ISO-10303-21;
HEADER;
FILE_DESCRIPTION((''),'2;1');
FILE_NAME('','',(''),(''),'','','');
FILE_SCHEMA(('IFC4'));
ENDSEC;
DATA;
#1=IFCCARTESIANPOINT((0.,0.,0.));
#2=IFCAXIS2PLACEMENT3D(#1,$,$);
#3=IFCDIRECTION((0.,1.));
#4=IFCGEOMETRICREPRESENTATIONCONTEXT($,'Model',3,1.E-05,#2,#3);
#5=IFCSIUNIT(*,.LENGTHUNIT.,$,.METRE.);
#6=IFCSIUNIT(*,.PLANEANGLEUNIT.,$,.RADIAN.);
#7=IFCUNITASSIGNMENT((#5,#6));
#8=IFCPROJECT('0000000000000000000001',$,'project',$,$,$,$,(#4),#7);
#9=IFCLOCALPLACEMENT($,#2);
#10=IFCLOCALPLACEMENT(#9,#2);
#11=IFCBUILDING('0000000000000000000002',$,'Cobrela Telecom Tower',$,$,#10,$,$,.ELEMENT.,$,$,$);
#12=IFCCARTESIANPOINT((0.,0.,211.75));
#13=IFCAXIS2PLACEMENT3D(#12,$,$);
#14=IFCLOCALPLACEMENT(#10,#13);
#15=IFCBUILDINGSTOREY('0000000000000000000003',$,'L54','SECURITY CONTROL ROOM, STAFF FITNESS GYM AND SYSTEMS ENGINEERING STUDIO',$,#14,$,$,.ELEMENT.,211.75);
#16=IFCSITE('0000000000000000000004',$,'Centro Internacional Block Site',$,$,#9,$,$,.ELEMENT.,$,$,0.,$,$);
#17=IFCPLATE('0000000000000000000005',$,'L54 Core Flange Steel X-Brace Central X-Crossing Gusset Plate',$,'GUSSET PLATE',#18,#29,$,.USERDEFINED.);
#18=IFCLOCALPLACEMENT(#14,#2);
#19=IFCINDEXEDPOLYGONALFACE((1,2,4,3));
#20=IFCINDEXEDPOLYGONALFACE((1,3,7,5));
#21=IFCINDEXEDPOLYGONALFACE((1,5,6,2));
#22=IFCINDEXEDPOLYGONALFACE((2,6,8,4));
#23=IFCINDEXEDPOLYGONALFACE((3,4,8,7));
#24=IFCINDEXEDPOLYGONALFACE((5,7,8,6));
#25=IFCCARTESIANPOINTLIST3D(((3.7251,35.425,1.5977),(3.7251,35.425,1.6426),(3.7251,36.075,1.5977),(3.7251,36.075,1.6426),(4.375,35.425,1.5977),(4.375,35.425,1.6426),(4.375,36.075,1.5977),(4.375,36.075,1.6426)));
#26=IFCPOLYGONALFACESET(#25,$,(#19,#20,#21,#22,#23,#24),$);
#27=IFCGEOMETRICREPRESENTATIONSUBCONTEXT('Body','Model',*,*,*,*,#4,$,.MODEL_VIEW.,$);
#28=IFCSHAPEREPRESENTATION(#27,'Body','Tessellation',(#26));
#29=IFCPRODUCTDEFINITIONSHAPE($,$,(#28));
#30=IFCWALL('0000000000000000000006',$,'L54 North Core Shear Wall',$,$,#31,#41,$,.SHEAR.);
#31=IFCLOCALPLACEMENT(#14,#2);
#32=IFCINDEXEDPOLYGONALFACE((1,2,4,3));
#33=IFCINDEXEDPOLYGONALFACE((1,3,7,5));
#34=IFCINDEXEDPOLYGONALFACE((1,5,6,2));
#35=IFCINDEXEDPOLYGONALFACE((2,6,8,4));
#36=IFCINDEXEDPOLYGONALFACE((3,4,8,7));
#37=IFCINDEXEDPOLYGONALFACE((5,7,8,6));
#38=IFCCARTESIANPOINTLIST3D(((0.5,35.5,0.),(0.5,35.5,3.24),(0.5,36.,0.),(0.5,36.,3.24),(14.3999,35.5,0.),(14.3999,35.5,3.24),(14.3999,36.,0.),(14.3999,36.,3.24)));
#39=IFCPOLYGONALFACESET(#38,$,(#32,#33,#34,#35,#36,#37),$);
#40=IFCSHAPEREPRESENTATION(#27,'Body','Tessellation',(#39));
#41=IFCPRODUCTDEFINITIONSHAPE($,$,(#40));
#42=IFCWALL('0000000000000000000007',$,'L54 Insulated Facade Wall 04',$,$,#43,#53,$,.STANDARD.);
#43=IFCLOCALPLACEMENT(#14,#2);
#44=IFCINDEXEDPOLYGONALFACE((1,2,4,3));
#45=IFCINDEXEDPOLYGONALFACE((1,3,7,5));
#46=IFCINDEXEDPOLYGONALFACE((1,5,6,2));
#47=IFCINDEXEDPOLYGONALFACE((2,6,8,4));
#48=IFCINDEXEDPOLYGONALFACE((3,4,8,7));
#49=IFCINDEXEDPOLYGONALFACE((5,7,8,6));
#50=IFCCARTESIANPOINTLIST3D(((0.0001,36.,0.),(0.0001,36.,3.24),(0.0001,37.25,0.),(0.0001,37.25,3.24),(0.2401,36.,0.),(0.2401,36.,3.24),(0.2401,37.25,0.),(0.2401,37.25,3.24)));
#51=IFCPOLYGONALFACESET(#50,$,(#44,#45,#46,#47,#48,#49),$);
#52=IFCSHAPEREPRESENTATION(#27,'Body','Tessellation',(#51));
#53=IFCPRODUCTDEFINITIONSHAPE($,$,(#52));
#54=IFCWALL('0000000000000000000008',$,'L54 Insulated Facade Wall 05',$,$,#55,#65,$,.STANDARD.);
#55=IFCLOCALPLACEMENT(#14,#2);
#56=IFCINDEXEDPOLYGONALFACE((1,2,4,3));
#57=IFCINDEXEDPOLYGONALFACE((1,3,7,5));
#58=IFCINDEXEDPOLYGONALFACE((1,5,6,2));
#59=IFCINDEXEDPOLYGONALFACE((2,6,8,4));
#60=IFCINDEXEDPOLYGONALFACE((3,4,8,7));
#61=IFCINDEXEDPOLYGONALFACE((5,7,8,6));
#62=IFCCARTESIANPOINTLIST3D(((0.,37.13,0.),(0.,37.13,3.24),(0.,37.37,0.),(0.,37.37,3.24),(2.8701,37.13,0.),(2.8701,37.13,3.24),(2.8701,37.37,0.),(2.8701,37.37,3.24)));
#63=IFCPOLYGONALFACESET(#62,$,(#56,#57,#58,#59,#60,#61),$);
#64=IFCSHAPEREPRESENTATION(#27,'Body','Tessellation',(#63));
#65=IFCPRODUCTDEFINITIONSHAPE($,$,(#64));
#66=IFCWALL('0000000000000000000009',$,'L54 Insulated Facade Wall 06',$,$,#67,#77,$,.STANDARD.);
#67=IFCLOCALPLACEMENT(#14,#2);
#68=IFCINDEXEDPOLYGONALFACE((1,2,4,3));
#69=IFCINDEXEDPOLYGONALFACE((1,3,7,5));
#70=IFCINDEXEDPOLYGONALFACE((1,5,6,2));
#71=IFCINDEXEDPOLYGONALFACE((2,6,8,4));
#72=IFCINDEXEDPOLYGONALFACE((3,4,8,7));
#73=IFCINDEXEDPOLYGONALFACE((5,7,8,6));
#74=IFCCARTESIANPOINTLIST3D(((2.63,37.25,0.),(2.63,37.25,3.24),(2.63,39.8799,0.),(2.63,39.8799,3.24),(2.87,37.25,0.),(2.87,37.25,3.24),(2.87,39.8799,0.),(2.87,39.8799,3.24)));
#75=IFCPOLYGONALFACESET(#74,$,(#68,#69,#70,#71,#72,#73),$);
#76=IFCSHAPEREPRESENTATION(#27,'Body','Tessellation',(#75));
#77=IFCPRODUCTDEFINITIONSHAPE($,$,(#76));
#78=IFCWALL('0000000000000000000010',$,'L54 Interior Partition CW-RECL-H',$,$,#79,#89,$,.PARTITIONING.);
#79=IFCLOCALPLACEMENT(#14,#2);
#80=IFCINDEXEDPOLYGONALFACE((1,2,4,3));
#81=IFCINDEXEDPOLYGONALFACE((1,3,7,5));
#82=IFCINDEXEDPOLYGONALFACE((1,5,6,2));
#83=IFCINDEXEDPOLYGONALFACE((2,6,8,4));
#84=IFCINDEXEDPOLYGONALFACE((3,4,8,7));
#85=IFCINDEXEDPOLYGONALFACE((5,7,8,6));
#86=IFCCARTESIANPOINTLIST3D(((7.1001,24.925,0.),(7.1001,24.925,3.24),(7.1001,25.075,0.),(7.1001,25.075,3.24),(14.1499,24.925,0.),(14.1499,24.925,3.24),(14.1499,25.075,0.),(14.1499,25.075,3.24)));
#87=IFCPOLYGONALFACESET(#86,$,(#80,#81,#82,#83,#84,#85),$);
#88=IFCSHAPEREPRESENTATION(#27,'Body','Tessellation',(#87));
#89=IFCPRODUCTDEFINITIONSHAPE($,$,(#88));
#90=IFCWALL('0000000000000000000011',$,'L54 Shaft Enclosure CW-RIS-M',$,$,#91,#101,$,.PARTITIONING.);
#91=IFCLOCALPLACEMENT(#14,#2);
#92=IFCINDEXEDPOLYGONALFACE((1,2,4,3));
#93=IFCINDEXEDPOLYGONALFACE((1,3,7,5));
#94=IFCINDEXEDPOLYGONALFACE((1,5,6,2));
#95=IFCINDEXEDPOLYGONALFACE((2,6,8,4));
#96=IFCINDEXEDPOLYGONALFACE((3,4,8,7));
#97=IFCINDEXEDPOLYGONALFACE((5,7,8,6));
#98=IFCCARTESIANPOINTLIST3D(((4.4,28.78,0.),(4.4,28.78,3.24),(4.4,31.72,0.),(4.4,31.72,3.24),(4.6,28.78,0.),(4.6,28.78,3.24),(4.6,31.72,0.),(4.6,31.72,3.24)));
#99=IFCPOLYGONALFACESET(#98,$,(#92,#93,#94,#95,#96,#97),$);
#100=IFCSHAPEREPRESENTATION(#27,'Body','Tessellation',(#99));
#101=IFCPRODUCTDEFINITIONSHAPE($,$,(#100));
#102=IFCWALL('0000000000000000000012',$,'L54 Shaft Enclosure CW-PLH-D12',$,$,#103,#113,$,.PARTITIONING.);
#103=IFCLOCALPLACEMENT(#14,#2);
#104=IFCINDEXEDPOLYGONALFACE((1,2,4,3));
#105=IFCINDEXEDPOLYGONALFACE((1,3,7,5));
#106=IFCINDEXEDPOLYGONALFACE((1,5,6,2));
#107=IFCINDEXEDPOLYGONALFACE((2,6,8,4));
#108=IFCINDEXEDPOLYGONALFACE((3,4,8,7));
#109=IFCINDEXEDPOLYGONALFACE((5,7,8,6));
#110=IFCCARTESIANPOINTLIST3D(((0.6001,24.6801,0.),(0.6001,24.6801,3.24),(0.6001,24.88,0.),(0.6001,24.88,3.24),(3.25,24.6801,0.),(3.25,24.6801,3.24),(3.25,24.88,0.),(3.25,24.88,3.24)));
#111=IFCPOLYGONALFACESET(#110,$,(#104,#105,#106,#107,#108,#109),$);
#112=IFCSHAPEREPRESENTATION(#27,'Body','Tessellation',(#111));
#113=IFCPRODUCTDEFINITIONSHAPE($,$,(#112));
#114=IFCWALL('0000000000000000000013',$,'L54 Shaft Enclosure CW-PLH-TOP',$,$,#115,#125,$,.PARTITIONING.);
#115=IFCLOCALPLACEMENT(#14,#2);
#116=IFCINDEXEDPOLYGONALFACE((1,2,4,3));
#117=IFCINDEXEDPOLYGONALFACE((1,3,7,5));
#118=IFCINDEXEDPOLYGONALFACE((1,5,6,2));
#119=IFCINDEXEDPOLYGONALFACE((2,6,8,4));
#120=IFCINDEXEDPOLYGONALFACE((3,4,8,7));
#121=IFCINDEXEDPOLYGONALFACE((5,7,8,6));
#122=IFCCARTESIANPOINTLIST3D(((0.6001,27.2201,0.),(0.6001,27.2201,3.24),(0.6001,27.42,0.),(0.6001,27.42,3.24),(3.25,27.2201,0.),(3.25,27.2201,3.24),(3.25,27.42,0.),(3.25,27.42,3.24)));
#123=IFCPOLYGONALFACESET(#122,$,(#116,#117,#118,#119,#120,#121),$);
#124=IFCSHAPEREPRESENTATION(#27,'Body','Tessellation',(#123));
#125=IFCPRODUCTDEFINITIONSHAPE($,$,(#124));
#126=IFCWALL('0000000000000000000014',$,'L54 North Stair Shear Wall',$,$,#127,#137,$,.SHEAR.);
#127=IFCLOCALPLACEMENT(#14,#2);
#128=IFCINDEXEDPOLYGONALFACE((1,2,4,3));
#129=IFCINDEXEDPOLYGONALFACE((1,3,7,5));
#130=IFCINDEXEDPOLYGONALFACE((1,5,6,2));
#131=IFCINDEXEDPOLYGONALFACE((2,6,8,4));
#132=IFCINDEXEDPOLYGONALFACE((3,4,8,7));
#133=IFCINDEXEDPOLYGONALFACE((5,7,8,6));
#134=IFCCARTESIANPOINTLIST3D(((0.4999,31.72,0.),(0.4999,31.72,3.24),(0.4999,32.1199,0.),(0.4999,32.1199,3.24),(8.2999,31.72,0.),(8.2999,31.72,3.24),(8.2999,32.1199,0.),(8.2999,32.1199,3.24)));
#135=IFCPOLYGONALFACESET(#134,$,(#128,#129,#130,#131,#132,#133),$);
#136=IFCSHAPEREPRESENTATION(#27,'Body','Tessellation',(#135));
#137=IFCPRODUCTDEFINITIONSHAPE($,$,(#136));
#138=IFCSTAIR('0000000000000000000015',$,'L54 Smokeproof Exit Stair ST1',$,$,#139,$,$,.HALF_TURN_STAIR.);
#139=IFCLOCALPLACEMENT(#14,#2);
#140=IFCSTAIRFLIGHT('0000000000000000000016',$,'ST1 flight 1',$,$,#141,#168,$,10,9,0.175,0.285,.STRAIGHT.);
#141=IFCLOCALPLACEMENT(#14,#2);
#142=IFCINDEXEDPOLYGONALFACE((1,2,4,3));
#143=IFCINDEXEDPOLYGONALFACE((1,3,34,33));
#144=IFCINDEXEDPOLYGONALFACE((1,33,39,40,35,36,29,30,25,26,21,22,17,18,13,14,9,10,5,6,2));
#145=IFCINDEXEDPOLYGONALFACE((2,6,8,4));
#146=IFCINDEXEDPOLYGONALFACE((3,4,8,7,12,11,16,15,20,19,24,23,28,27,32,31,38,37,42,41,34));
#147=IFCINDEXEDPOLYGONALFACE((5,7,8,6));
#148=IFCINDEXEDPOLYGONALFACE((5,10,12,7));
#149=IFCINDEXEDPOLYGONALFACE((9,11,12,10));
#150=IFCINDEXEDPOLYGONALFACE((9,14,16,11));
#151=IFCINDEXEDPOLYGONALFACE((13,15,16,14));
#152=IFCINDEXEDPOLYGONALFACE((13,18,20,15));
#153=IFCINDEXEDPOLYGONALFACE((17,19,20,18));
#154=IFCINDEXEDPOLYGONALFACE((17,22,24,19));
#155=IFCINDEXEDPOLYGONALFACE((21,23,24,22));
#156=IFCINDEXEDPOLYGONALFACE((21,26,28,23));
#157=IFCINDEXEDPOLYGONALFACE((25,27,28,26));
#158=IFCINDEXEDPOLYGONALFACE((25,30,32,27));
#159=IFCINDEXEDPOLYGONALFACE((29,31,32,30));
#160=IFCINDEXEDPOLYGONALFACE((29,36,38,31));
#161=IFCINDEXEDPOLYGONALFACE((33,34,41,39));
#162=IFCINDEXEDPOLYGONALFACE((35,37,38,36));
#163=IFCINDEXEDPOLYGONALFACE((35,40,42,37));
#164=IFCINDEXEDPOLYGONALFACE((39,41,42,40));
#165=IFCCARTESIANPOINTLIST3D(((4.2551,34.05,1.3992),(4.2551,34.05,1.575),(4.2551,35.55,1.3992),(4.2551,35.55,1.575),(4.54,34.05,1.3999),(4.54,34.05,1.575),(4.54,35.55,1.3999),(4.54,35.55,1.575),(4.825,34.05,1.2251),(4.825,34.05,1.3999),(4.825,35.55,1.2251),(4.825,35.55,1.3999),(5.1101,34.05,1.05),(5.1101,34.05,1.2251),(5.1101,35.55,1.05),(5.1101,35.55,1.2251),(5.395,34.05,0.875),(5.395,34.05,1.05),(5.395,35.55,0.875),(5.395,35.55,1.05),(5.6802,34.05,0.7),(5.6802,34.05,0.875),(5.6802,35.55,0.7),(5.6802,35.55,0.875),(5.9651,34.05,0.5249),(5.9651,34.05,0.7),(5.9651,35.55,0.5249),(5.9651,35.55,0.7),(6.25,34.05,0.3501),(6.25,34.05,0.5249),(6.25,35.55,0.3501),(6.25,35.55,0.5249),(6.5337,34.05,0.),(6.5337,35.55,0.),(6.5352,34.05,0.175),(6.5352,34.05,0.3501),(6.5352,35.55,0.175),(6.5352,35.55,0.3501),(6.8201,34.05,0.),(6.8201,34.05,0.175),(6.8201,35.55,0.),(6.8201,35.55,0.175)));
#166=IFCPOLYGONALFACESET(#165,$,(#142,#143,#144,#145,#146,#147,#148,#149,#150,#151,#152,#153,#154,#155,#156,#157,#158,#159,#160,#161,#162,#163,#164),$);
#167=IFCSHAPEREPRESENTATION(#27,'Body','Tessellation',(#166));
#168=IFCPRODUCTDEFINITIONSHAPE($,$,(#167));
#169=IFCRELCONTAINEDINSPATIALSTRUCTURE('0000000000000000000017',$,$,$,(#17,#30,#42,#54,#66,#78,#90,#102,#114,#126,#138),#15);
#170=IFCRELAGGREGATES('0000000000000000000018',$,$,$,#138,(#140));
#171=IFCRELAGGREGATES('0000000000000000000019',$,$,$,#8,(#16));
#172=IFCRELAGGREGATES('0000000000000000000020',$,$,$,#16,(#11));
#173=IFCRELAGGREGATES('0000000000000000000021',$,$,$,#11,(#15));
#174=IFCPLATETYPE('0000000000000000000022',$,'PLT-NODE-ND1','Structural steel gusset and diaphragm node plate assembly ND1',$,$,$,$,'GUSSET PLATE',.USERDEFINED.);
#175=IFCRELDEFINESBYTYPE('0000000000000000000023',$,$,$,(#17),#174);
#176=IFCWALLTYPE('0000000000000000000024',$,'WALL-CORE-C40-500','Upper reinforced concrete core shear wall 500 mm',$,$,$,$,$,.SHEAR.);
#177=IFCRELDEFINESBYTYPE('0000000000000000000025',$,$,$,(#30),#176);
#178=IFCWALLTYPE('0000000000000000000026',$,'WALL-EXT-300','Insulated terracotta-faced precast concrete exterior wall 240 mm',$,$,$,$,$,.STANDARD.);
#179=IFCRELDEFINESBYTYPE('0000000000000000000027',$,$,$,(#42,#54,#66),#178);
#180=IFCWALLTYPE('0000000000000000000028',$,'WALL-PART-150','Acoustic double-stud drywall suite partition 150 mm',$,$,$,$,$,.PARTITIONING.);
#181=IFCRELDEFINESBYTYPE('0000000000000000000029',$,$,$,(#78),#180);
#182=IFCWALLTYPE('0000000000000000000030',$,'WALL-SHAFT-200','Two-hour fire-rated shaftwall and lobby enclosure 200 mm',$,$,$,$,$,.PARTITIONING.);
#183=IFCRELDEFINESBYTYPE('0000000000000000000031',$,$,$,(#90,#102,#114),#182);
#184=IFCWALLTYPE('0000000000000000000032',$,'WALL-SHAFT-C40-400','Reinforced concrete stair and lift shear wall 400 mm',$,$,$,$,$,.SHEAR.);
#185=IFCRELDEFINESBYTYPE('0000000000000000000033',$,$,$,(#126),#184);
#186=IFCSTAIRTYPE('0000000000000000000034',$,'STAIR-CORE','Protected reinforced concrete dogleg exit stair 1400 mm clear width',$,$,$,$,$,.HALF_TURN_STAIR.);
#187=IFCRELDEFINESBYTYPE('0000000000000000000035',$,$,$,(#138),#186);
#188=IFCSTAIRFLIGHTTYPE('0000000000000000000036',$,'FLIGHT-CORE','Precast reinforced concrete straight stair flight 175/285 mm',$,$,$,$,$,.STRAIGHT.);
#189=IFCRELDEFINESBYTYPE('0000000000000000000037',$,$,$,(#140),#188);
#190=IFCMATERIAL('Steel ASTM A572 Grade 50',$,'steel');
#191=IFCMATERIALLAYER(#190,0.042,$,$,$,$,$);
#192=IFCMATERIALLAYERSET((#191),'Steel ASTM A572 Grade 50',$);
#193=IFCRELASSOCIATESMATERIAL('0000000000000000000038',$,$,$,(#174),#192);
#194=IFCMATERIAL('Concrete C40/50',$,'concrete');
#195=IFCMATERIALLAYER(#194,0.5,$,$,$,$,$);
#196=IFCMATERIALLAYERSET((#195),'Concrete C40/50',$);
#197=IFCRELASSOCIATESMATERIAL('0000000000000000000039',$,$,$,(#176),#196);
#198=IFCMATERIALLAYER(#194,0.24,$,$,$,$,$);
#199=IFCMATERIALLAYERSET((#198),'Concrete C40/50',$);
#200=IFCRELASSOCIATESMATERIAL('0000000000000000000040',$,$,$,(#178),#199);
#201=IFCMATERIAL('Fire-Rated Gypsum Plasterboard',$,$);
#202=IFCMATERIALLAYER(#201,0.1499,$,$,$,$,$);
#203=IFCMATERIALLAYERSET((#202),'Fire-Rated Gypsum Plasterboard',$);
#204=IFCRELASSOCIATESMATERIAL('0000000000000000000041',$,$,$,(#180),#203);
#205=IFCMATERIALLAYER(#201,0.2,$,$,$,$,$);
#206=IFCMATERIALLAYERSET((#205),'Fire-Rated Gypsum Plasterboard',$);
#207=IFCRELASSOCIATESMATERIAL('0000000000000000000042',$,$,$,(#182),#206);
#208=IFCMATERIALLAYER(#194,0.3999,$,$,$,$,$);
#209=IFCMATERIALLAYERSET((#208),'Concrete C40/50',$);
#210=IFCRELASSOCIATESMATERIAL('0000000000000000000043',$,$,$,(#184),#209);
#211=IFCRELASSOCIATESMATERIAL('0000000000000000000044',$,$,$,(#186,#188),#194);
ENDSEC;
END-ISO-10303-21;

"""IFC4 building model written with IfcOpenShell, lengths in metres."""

from ifc_helpers import new_model, si_unit, direction, frame, frame_2d, origin, origin_2d, place, context, subcontext, project, spatial, polyline, rectangle, outline, extrude, material, layer, layer_set, type_object, element, aggregate, save


model = new_model("IFC4")

# Units and contexts
model_context = context("Model", 3, precision=1e-05, world=origin(), true_north=direction((0.0, 1.0)))
body_context = subcontext(model_context, "Body", "Model", "MODEL_VIEW")
ifc_project = project(units=[si_unit("LENGTHUNIT", "METRE"), si_unit("PLANEANGLEUNIT", "RADIAN")], contexts=[model_context])

# Site, building, storey
site_placement = place(None, origin())
site = spatial("IfcSite", under=ifc_project, at=site_placement, Name="Centro Internacional Block Site", CompositionType="ELEMENT", RefElevation=0.0)
building_placement = place(site_placement, origin())
building = spatial("IfcBuilding", under=site, at=building_placement, Name="Cobrela Telecom Tower", CompositionType="ELEMENT")
storey_placement = place(building_placement, frame((0.0, 0.0, 211.75)))
storey = spatial("IfcBuildingStorey", under=building, at=storey_placement, Name="L54", Description="SECURITY CONTROL ROOM, STAFF FITNESS GYM AND SYSTEMS ENGINEERING STUDIO", CompositionType="ELEMENT", Elevation=211.75)

# Shared definitions
ifc_material_1 = material(Name="Steel ASTM A572 Grade 50", Category="steel")

# Plate
ifc_layer_1 = layer(ifc_material_1, 0.042)
ifc_layer_set_1 = layer_set([ifc_layer_1], Name="Steel ASTM A572 Grade 50")
plate_type_1 = type_object("IfcPlateType", Name="PLT-NODE-ND1", Description="Structural steel gusset and diaphragm node plate assembly ND1", ElementType="GUSSET PLATE", PredefinedType="USERDEFINED", material=ifc_layer_set_1)
plate_1_placement = place(storey_placement, frame((4.05, 35.75, 1.5977), z_axis=(0.0, 0.0, 1.0), x_axis=(1.0, 0.0, 0.0)))
element("IfcPlate", 1, at=plate_1_placement, inside=storey, type_object=plate_type_1, Name="L54 Core Flange Steel X-Brace Central X-Crossing Gusset Plate", ObjectType="GUSSET PLATE", PredefinedType="USERDEFINED", context=body_context, shape_type="SweptSolid", body=[
    extrude(rectangle(XDim=0.6499, YDim=0.6499, at=origin_2d()), origin(), (0.0, 0.0, 1.0), 0.0449),
])

# Walls
ifc_material_2 = material(Name="Concrete C40/50", Category="concrete")
ifc_layer_2 = layer(ifc_material_2, 0.5)
ifc_layer_set_2 = layer_set([ifc_layer_2], Name="Concrete C40/50")
wall_type_1 = type_object("IfcWallType", Name="WALL-CORE-C40-500", Description="Upper reinforced concrete core shear wall 500 mm", PredefinedType="SHEAR", material=ifc_layer_set_2)
wall_1_placement = place(storey_placement, frame((0.5, 35.75, 0.0), z_axis=(0.0, 0.0, 1.0), x_axis=(1.0, 0.0, 0.0)))
element("IfcWall", 2, at=wall_1_placement, inside=storey, type_object=wall_type_1, Name="L54 North Core Shear Wall", PredefinedType="SHEAR", context=body_context, shape_type="SweptSolid", body=[
    extrude(rectangle(XDim=13.8999, YDim=0.5, at=frame_2d((6.95, 0.0))), origin(), (0.0, 0.0, 1.0), 3.24),
])
ifc_layer_3 = layer(ifc_material_2, 0.24)
ifc_layer_set_3 = layer_set([ifc_layer_3], Name="Concrete C40/50")
wall_type_2 = type_object("IfcWallType", Name="WALL-EXT-300", Description="Insulated terracotta-faced precast concrete exterior wall 240 mm", PredefinedType="STANDARD", material=ifc_layer_set_3)
wall_2_placement = place(storey_placement, frame((0.1201, 36.0, 0.0), z_axis=(0.0, 0.0, 1.0), x_axis=(0.0, 1.0, 0.0)))
element("IfcWall", 3, at=wall_2_placement, inside=storey, type_object=wall_type_2, Name="L54 Insulated Facade Wall 04", PredefinedType="STANDARD", context=body_context, shape_type="SweptSolid", body=[
    extrude(rectangle(XDim=1.25, YDim=0.24, at=frame_2d((0.625, 0.0))), origin(), (0.0, 0.0, 1.0), 3.24),
])
wall_3_placement = place(storey_placement, frame((0.0, 37.25, 0.0), z_axis=(0.0, 0.0, 1.0), x_axis=(1.0, 0.0, 0.0)))
element("IfcWall", 4, at=wall_3_placement, inside=storey, type_object=wall_type_2, Name="L54 Insulated Facade Wall 05", PredefinedType="STANDARD", context=body_context, shape_type="SweptSolid", body=[
    extrude(rectangle(XDim=2.8701, YDim=0.24, at=frame_2d((1.4351, 0.0))), origin(), (0.0, 0.0, 1.0), 3.24),
])
wall_4_placement = place(storey_placement, frame((2.75, 37.25, 0.0), z_axis=(0.0, 0.0, 1.0), x_axis=(0.0, 1.0, 0.0)))
element("IfcWall", 5, at=wall_4_placement, inside=storey, type_object=wall_type_2, Name="L54 Insulated Facade Wall 06", PredefinedType="STANDARD", context=body_context, shape_type="SweptSolid", body=[
    extrude(rectangle(XDim=2.6299, YDim=0.24, at=frame_2d((1.3149, 0.0))), origin(), (0.0, 0.0, 1.0), 3.24),
])
ifc_material_3 = material(Name="Fire-Rated Gypsum Plasterboard")
ifc_layer_4 = layer(ifc_material_3, 0.1499)
ifc_layer_set_4 = layer_set([ifc_layer_4], Name="Fire-Rated Gypsum Plasterboard")
wall_type_3 = type_object("IfcWallType", Name="WALL-PART-150", Description="Acoustic double-stud drywall suite partition 150 mm", PredefinedType="PARTITIONING", material=ifc_layer_set_4)
wall_5_placement = place(storey_placement, frame((7.1001, 25.0, 0.0), z_axis=(0.0, 0.0, 1.0), x_axis=(1.0, 0.0, 0.0)))
element("IfcWall", 6, at=wall_5_placement, inside=storey, type_object=wall_type_3, Name="L54 Interior Partition CW-RECL-H", PredefinedType="PARTITIONING", context=body_context, shape_type="SweptSolid", body=[
    extrude(rectangle(XDim=7.0498, YDim=0.1499, at=frame_2d((3.5249, 0.0))), origin(), (0.0, 0.0, 1.0), 3.24),
])

# Shared definitions
ifc_layer_5 = layer(ifc_material_3, 0.2)
ifc_layer_set_5 = layer_set([ifc_layer_5], Name="Fire-Rated Gypsum Plasterboard")
wall_type_4 = type_object("IfcWallType", Name="WALL-SHAFT-200", Description="Two-hour fire-rated shaftwall and lobby enclosure 200 mm", PredefinedType="PARTITIONING", material=ifc_layer_set_5)

# Walls
wall_6_placement = place(storey_placement, frame((4.5, 28.78, 0.0), z_axis=(0.0, 0.0, 1.0), x_axis=(0.0, 1.0, 0.0)))
element("IfcWall", 7, at=wall_6_placement, inside=storey, type_object=wall_type_4, Name="L54 Shaft Enclosure CW-RIS-M", PredefinedType="PARTITIONING", context=body_context, shape_type="SweptSolid", body=[
    extrude(rectangle(XDim=2.9399, YDim=0.2, at=frame_2d((1.47, 0.0))), origin(), (0.0, 0.0, 1.0), 3.24),
])
for number, where, z_axis, x_axis, name in (
    (8, (0.6001, 24.78, 0.0), (0.0, 0.0, 1.0), (1.0, 0.0, 0.0), "L54 Shaft Enclosure CW-PLH-D12"),
    (9, (0.6001, 27.3201, 0.0), (0.0, 0.0, 1.0), (1.0, 0.0, 0.0), "L54 Shaft Enclosure CW-PLH-TOP"),
):
    element("IfcWall", number, at=place(storey_placement, frame(where, z_axis=z_axis, x_axis=x_axis)), inside=storey, type_object=wall_type_4, Name=name, PredefinedType="PARTITIONING", context=body_context, shape_type="SweptSolid", body=[
        extrude(rectangle(XDim=2.6499, YDim=0.2, at=frame_2d((1.325, 0.0))), origin(), (0.0, 0.0, 1.0), 3.24),
    ])
ifc_layer_6 = layer(ifc_material_2, 0.3999)
ifc_layer_set_6 = layer_set([ifc_layer_6], Name="Concrete C40/50")
wall_type_5 = type_object("IfcWallType", Name="WALL-SHAFT-C40-400", Description="Reinforced concrete stair and lift shear wall 400 mm", PredefinedType="SHEAR", material=ifc_layer_set_6)
wall_7_placement = place(storey_placement, frame((0.5, 31.9199, 0.0), z_axis=(0.0, 0.0, 1.0), x_axis=(1.0, 0.0, 0.0)))
element("IfcWall", 10, at=wall_7_placement, inside=storey, type_object=wall_type_5, Name="L54 North Stair Shear Wall", PredefinedType="SHEAR", context=body_context, shape_type="SweptSolid", body=[
    extrude(rectangle(XDim=7.8, YDim=0.3999, at=frame_2d((3.8999, 0.0))), origin(), (0.0, 0.0, 1.0), 3.24),
])

# Stair, stair flight
stair_type = type_object("IfcStairType", Name="STAIR-CORE", Description="Protected reinforced concrete dogleg exit stair 1400 mm clear width", PredefinedType="HALF_TURN_STAIR", material=ifc_material_2)
stair_placement = place(storey_placement, origin())
stair = element("IfcStair", 11, at=stair_placement, inside=storey, type_object=stair_type, Name="L54 Smokeproof Exit Stair ST1", PredefinedType="HALF_TURN_STAIR")
stair_flight_type = type_object("IfcStairFlightType", Name="FLIGHT-CORE", Description="Precast reinforced concrete straight stair flight 175/285 mm", PredefinedType="STRAIGHT", material=ifc_material_2)
stair_flight_1_placement = place(storey_placement, frame((6.8201, 34.8, 0.0), z_axis=(0.0, 0.0, 1.0), x_axis=(-1.0, 0.0, 0.0)))
stair_flight_1 = element("IfcStairFlight", 12, at=stair_flight_1_placement, type_object=stair_flight_type, Name="ST1 flight 1", NumberOfRisers=10, NumberOfTreads=9, PredefinedType="STRAIGHT", RiserHeight=0.175, TreadLength=0.285, context=body_context, shape_type="SweptSolid", body=[
    extrude(outline(polyline([(0.0, 0.0), (0.0, 0.175), (0.2849, 0.175), (0.2849, 0.3501), (0.5701, 0.3501), (0.5701, 0.5249), (0.855, 0.5249), (0.855, 0.7), (1.1399, 0.7), (1.1399, 0.875), (1.425, 0.875), (1.425, 1.05), (1.71, 1.05), (1.71, 1.2251), (1.9951, 1.2251), (1.9951, 1.3999), (2.28, 1.3999), (2.28, 1.575), (2.5649, 1.575), (2.5649, 1.75), (2.5649, 1.3992), (0.2864, 0.0), (0.0, 0.0)])), frame((0.0, 0.75, 0.0), z_axis=(0.0, -1.0, 0.0), x_axis=(1.0, 0.0, 0.0)), (0.0, 0.0, 1.0), 1.5),
])
aggregate(stair, [stair_flight_1])

save(model, "model.ifc")
